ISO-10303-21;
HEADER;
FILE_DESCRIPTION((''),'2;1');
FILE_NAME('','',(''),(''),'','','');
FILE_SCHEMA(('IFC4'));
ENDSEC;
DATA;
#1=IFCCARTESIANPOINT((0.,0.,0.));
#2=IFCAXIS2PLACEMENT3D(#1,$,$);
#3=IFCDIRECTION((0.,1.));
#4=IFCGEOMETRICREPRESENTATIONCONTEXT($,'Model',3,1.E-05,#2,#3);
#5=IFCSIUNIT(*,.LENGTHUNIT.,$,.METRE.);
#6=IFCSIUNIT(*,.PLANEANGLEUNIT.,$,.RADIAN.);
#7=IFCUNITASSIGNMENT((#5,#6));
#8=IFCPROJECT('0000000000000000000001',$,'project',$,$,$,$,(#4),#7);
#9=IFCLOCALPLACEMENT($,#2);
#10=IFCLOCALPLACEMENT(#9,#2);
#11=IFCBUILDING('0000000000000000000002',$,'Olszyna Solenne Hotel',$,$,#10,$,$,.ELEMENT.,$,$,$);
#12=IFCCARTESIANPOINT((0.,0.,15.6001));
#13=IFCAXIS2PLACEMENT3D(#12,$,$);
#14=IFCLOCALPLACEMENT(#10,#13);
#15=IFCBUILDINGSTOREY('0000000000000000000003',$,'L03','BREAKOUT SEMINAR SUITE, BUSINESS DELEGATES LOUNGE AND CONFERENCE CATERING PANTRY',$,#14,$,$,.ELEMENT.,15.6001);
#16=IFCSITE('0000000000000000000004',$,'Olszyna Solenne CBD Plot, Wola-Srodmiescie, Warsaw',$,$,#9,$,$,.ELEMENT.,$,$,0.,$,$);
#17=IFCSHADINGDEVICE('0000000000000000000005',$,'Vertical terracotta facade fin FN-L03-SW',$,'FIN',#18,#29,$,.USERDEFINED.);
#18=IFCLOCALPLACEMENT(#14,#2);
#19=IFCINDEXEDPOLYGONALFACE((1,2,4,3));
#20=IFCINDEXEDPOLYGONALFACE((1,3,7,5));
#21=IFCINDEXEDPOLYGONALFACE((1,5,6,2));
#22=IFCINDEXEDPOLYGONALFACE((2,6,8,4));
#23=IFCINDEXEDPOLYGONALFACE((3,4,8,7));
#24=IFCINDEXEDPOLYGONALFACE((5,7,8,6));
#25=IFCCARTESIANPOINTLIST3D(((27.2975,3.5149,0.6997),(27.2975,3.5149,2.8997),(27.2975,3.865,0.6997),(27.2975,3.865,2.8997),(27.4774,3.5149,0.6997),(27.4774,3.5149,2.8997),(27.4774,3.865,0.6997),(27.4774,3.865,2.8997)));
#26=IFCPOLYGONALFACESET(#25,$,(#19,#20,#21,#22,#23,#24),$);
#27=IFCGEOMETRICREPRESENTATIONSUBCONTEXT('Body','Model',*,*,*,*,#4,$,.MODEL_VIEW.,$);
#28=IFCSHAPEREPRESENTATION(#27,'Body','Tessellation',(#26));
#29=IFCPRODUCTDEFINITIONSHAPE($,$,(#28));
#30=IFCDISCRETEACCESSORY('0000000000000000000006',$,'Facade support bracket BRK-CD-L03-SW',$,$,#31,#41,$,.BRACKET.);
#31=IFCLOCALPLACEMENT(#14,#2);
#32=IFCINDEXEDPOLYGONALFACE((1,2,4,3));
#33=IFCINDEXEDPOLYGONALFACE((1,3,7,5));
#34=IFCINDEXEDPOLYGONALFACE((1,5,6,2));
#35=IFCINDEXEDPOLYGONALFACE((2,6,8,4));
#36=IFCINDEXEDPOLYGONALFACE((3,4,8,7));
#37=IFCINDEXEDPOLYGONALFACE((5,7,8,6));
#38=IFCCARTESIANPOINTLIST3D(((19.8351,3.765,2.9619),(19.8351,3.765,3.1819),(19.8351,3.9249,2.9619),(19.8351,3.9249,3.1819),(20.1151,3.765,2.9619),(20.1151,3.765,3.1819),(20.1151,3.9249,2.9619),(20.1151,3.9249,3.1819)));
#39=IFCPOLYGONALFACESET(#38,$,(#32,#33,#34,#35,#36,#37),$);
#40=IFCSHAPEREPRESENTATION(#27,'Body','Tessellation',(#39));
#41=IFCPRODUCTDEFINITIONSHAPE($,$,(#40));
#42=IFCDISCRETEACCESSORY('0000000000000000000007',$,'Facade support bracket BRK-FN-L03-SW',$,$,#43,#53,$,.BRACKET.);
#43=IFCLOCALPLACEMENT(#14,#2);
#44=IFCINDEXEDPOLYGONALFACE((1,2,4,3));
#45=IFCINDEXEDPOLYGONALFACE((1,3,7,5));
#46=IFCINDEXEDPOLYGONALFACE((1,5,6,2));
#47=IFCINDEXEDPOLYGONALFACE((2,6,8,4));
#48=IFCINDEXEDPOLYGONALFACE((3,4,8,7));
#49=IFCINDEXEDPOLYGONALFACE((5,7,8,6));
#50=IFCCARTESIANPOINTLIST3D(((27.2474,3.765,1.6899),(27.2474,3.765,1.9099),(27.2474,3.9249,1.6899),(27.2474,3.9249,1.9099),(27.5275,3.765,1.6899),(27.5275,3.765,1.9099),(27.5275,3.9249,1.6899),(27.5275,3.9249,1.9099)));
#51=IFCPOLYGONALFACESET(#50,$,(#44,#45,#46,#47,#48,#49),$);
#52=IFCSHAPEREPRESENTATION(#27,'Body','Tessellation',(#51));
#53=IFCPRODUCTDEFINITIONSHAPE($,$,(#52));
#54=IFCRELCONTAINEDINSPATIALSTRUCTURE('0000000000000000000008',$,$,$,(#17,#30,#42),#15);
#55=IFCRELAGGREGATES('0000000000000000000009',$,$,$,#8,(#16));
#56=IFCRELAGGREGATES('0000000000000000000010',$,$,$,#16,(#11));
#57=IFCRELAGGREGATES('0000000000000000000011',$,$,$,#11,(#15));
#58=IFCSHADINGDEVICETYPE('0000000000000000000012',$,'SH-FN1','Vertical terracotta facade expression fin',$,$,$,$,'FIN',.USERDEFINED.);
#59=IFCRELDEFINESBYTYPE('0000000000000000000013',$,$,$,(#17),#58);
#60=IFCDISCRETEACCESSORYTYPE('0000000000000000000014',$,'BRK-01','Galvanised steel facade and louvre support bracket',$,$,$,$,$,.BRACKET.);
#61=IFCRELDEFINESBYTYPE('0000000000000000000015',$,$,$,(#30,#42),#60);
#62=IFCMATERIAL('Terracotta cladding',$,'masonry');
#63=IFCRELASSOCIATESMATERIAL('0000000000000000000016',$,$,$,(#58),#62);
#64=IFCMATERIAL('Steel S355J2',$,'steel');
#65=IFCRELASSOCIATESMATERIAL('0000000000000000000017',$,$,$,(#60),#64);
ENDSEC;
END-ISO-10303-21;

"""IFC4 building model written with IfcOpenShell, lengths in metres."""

from ifc_helpers import new_model, si_unit, direction, frame, origin, origin_2d, place, context, subcontext, project, spatial, rectangle, extrude, source, transform, mapped, material, type_object, element, save


model = new_model("IFC4")

# Units and contexts
model_context = context("Model", 3, precision=1e-05, world=origin(), true_north=direction((0.0, 1.0)))
body_context = subcontext(model_context, "Body", "Model", "MODEL_VIEW")
ifc_project = project(units=[si_unit("LENGTHUNIT", "METRE"), si_unit("PLANEANGLEUNIT", "RADIAN")], contexts=[model_context])

# Site, building, storey
site_placement = place(None, origin())
site = spatial("IfcSite", under=ifc_project, at=site_placement, Name="Olszyna Solenne CBD Plot, Wola-Srodmiescie, Warsaw", CompositionType="ELEMENT", RefElevation=0.0)
building_placement = place(site_placement, origin())
building = spatial("IfcBuilding", under=site, at=building_placement, Name="Olszyna Solenne Hotel", CompositionType="ELEMENT")
storey_placement = place(building_placement, frame((0.0, 0.0, 15.6001)))
storey = spatial("IfcBuildingStorey", under=building, at=storey_placement, Name="L03", Description="BREAKOUT SEMINAR SUITE, BUSINESS DELEGATES LOUNGE AND CONFERENCE CATERING PANTRY", CompositionType="ELEMENT", Elevation=15.6001)

# Shared definitions
ifc_material_1 = material(Name="Steel S355J2", Category="steel")

# Shared definitions
ifc_material_2 = material(Name="Terracotta cladding", Category="masonry")

# Shading device
shading_device_type = type_object("IfcShadingDeviceType", Name="SH-FN1", Description="Vertical terracotta facade expression fin", ElementType="FIN", PredefinedType="USERDEFINED", material=ifc_material_2)
shared_shape_1 = source(origin(), body_context, "Body", "SweptSolid", [
    extrude(rectangle(XDim=0.1799, YDim=0.3501, at=origin_2d()), origin(), (0.0, 0.0, 1.0), 2.2),
])
shading_device_placement = place(storey_placement, frame((27.3875, 3.6899, 0.6997), z_axis=(0.0, 0.0, 1.0), x_axis=(-1.0, 0.0, 0.0)))
element("IfcShadingDevice", 1, at=shading_device_placement, inside=storey, type_object=shading_device_type, Name="Vertical terracotta facade fin FN-L03-SW", ObjectType="FIN", PredefinedType="USERDEFINED", context=body_context, shape_type="MappedRepresentation", body=[
    mapped(shared_shape_1, transform((0.0, 0.0, 0.0), x_axis=(1.0, 0.0, 0.0), y_axis=(0.0, 1.0, 0.0), z_axis=(0.0, 0.0, 1.0), scale=1.0)),
])

# Discrete accessories
discrete_accessory_type = type_object("IfcDiscreteAccessoryType", Name="BRK-01", Description="Galvanised steel facade and louvre support bracket", PredefinedType="BRACKET", material=ifc_material_1)
shared_shape_2 = source(origin(), body_context, "Body", "SweptSolid", [
    extrude(rectangle(XDim=0.28, YDim=0.1599, at=origin_2d()), origin(), (0.0, 0.0, 1.0), 0.22),
])
for number, where, z_axis, x_axis, name in (
    (2, (19.9751, 3.845, 2.9619), (0.0, 0.0, 1.0), (-1.0, 0.0, 0.0), "Facade support bracket BRK-CD-L03-SW"),
    (3, (27.3875, 3.845, 1.6899), (0.0, 0.0, 1.0), (-1.0, 0.0, 0.0), "Facade support bracket BRK-FN-L03-SW"),
):
    element("IfcDiscreteAccessory", number, at=place(storey_placement, frame(where, z_axis=z_axis, x_axis=x_axis)), inside=storey, type_object=discrete_accessory_type, Name=name, PredefinedType="BRACKET", context=body_context, shape_type="MappedRepresentation", body=[
        mapped(shared_shape_2, transform((0.0, 0.0, 0.0), x_axis=(1.0, 0.0, 0.0), y_axis=(0.0, 1.0, 0.0), z_axis=(0.0, 0.0, 1.0), scale=1.0)),
    ])

save(model, "model.ifc")
